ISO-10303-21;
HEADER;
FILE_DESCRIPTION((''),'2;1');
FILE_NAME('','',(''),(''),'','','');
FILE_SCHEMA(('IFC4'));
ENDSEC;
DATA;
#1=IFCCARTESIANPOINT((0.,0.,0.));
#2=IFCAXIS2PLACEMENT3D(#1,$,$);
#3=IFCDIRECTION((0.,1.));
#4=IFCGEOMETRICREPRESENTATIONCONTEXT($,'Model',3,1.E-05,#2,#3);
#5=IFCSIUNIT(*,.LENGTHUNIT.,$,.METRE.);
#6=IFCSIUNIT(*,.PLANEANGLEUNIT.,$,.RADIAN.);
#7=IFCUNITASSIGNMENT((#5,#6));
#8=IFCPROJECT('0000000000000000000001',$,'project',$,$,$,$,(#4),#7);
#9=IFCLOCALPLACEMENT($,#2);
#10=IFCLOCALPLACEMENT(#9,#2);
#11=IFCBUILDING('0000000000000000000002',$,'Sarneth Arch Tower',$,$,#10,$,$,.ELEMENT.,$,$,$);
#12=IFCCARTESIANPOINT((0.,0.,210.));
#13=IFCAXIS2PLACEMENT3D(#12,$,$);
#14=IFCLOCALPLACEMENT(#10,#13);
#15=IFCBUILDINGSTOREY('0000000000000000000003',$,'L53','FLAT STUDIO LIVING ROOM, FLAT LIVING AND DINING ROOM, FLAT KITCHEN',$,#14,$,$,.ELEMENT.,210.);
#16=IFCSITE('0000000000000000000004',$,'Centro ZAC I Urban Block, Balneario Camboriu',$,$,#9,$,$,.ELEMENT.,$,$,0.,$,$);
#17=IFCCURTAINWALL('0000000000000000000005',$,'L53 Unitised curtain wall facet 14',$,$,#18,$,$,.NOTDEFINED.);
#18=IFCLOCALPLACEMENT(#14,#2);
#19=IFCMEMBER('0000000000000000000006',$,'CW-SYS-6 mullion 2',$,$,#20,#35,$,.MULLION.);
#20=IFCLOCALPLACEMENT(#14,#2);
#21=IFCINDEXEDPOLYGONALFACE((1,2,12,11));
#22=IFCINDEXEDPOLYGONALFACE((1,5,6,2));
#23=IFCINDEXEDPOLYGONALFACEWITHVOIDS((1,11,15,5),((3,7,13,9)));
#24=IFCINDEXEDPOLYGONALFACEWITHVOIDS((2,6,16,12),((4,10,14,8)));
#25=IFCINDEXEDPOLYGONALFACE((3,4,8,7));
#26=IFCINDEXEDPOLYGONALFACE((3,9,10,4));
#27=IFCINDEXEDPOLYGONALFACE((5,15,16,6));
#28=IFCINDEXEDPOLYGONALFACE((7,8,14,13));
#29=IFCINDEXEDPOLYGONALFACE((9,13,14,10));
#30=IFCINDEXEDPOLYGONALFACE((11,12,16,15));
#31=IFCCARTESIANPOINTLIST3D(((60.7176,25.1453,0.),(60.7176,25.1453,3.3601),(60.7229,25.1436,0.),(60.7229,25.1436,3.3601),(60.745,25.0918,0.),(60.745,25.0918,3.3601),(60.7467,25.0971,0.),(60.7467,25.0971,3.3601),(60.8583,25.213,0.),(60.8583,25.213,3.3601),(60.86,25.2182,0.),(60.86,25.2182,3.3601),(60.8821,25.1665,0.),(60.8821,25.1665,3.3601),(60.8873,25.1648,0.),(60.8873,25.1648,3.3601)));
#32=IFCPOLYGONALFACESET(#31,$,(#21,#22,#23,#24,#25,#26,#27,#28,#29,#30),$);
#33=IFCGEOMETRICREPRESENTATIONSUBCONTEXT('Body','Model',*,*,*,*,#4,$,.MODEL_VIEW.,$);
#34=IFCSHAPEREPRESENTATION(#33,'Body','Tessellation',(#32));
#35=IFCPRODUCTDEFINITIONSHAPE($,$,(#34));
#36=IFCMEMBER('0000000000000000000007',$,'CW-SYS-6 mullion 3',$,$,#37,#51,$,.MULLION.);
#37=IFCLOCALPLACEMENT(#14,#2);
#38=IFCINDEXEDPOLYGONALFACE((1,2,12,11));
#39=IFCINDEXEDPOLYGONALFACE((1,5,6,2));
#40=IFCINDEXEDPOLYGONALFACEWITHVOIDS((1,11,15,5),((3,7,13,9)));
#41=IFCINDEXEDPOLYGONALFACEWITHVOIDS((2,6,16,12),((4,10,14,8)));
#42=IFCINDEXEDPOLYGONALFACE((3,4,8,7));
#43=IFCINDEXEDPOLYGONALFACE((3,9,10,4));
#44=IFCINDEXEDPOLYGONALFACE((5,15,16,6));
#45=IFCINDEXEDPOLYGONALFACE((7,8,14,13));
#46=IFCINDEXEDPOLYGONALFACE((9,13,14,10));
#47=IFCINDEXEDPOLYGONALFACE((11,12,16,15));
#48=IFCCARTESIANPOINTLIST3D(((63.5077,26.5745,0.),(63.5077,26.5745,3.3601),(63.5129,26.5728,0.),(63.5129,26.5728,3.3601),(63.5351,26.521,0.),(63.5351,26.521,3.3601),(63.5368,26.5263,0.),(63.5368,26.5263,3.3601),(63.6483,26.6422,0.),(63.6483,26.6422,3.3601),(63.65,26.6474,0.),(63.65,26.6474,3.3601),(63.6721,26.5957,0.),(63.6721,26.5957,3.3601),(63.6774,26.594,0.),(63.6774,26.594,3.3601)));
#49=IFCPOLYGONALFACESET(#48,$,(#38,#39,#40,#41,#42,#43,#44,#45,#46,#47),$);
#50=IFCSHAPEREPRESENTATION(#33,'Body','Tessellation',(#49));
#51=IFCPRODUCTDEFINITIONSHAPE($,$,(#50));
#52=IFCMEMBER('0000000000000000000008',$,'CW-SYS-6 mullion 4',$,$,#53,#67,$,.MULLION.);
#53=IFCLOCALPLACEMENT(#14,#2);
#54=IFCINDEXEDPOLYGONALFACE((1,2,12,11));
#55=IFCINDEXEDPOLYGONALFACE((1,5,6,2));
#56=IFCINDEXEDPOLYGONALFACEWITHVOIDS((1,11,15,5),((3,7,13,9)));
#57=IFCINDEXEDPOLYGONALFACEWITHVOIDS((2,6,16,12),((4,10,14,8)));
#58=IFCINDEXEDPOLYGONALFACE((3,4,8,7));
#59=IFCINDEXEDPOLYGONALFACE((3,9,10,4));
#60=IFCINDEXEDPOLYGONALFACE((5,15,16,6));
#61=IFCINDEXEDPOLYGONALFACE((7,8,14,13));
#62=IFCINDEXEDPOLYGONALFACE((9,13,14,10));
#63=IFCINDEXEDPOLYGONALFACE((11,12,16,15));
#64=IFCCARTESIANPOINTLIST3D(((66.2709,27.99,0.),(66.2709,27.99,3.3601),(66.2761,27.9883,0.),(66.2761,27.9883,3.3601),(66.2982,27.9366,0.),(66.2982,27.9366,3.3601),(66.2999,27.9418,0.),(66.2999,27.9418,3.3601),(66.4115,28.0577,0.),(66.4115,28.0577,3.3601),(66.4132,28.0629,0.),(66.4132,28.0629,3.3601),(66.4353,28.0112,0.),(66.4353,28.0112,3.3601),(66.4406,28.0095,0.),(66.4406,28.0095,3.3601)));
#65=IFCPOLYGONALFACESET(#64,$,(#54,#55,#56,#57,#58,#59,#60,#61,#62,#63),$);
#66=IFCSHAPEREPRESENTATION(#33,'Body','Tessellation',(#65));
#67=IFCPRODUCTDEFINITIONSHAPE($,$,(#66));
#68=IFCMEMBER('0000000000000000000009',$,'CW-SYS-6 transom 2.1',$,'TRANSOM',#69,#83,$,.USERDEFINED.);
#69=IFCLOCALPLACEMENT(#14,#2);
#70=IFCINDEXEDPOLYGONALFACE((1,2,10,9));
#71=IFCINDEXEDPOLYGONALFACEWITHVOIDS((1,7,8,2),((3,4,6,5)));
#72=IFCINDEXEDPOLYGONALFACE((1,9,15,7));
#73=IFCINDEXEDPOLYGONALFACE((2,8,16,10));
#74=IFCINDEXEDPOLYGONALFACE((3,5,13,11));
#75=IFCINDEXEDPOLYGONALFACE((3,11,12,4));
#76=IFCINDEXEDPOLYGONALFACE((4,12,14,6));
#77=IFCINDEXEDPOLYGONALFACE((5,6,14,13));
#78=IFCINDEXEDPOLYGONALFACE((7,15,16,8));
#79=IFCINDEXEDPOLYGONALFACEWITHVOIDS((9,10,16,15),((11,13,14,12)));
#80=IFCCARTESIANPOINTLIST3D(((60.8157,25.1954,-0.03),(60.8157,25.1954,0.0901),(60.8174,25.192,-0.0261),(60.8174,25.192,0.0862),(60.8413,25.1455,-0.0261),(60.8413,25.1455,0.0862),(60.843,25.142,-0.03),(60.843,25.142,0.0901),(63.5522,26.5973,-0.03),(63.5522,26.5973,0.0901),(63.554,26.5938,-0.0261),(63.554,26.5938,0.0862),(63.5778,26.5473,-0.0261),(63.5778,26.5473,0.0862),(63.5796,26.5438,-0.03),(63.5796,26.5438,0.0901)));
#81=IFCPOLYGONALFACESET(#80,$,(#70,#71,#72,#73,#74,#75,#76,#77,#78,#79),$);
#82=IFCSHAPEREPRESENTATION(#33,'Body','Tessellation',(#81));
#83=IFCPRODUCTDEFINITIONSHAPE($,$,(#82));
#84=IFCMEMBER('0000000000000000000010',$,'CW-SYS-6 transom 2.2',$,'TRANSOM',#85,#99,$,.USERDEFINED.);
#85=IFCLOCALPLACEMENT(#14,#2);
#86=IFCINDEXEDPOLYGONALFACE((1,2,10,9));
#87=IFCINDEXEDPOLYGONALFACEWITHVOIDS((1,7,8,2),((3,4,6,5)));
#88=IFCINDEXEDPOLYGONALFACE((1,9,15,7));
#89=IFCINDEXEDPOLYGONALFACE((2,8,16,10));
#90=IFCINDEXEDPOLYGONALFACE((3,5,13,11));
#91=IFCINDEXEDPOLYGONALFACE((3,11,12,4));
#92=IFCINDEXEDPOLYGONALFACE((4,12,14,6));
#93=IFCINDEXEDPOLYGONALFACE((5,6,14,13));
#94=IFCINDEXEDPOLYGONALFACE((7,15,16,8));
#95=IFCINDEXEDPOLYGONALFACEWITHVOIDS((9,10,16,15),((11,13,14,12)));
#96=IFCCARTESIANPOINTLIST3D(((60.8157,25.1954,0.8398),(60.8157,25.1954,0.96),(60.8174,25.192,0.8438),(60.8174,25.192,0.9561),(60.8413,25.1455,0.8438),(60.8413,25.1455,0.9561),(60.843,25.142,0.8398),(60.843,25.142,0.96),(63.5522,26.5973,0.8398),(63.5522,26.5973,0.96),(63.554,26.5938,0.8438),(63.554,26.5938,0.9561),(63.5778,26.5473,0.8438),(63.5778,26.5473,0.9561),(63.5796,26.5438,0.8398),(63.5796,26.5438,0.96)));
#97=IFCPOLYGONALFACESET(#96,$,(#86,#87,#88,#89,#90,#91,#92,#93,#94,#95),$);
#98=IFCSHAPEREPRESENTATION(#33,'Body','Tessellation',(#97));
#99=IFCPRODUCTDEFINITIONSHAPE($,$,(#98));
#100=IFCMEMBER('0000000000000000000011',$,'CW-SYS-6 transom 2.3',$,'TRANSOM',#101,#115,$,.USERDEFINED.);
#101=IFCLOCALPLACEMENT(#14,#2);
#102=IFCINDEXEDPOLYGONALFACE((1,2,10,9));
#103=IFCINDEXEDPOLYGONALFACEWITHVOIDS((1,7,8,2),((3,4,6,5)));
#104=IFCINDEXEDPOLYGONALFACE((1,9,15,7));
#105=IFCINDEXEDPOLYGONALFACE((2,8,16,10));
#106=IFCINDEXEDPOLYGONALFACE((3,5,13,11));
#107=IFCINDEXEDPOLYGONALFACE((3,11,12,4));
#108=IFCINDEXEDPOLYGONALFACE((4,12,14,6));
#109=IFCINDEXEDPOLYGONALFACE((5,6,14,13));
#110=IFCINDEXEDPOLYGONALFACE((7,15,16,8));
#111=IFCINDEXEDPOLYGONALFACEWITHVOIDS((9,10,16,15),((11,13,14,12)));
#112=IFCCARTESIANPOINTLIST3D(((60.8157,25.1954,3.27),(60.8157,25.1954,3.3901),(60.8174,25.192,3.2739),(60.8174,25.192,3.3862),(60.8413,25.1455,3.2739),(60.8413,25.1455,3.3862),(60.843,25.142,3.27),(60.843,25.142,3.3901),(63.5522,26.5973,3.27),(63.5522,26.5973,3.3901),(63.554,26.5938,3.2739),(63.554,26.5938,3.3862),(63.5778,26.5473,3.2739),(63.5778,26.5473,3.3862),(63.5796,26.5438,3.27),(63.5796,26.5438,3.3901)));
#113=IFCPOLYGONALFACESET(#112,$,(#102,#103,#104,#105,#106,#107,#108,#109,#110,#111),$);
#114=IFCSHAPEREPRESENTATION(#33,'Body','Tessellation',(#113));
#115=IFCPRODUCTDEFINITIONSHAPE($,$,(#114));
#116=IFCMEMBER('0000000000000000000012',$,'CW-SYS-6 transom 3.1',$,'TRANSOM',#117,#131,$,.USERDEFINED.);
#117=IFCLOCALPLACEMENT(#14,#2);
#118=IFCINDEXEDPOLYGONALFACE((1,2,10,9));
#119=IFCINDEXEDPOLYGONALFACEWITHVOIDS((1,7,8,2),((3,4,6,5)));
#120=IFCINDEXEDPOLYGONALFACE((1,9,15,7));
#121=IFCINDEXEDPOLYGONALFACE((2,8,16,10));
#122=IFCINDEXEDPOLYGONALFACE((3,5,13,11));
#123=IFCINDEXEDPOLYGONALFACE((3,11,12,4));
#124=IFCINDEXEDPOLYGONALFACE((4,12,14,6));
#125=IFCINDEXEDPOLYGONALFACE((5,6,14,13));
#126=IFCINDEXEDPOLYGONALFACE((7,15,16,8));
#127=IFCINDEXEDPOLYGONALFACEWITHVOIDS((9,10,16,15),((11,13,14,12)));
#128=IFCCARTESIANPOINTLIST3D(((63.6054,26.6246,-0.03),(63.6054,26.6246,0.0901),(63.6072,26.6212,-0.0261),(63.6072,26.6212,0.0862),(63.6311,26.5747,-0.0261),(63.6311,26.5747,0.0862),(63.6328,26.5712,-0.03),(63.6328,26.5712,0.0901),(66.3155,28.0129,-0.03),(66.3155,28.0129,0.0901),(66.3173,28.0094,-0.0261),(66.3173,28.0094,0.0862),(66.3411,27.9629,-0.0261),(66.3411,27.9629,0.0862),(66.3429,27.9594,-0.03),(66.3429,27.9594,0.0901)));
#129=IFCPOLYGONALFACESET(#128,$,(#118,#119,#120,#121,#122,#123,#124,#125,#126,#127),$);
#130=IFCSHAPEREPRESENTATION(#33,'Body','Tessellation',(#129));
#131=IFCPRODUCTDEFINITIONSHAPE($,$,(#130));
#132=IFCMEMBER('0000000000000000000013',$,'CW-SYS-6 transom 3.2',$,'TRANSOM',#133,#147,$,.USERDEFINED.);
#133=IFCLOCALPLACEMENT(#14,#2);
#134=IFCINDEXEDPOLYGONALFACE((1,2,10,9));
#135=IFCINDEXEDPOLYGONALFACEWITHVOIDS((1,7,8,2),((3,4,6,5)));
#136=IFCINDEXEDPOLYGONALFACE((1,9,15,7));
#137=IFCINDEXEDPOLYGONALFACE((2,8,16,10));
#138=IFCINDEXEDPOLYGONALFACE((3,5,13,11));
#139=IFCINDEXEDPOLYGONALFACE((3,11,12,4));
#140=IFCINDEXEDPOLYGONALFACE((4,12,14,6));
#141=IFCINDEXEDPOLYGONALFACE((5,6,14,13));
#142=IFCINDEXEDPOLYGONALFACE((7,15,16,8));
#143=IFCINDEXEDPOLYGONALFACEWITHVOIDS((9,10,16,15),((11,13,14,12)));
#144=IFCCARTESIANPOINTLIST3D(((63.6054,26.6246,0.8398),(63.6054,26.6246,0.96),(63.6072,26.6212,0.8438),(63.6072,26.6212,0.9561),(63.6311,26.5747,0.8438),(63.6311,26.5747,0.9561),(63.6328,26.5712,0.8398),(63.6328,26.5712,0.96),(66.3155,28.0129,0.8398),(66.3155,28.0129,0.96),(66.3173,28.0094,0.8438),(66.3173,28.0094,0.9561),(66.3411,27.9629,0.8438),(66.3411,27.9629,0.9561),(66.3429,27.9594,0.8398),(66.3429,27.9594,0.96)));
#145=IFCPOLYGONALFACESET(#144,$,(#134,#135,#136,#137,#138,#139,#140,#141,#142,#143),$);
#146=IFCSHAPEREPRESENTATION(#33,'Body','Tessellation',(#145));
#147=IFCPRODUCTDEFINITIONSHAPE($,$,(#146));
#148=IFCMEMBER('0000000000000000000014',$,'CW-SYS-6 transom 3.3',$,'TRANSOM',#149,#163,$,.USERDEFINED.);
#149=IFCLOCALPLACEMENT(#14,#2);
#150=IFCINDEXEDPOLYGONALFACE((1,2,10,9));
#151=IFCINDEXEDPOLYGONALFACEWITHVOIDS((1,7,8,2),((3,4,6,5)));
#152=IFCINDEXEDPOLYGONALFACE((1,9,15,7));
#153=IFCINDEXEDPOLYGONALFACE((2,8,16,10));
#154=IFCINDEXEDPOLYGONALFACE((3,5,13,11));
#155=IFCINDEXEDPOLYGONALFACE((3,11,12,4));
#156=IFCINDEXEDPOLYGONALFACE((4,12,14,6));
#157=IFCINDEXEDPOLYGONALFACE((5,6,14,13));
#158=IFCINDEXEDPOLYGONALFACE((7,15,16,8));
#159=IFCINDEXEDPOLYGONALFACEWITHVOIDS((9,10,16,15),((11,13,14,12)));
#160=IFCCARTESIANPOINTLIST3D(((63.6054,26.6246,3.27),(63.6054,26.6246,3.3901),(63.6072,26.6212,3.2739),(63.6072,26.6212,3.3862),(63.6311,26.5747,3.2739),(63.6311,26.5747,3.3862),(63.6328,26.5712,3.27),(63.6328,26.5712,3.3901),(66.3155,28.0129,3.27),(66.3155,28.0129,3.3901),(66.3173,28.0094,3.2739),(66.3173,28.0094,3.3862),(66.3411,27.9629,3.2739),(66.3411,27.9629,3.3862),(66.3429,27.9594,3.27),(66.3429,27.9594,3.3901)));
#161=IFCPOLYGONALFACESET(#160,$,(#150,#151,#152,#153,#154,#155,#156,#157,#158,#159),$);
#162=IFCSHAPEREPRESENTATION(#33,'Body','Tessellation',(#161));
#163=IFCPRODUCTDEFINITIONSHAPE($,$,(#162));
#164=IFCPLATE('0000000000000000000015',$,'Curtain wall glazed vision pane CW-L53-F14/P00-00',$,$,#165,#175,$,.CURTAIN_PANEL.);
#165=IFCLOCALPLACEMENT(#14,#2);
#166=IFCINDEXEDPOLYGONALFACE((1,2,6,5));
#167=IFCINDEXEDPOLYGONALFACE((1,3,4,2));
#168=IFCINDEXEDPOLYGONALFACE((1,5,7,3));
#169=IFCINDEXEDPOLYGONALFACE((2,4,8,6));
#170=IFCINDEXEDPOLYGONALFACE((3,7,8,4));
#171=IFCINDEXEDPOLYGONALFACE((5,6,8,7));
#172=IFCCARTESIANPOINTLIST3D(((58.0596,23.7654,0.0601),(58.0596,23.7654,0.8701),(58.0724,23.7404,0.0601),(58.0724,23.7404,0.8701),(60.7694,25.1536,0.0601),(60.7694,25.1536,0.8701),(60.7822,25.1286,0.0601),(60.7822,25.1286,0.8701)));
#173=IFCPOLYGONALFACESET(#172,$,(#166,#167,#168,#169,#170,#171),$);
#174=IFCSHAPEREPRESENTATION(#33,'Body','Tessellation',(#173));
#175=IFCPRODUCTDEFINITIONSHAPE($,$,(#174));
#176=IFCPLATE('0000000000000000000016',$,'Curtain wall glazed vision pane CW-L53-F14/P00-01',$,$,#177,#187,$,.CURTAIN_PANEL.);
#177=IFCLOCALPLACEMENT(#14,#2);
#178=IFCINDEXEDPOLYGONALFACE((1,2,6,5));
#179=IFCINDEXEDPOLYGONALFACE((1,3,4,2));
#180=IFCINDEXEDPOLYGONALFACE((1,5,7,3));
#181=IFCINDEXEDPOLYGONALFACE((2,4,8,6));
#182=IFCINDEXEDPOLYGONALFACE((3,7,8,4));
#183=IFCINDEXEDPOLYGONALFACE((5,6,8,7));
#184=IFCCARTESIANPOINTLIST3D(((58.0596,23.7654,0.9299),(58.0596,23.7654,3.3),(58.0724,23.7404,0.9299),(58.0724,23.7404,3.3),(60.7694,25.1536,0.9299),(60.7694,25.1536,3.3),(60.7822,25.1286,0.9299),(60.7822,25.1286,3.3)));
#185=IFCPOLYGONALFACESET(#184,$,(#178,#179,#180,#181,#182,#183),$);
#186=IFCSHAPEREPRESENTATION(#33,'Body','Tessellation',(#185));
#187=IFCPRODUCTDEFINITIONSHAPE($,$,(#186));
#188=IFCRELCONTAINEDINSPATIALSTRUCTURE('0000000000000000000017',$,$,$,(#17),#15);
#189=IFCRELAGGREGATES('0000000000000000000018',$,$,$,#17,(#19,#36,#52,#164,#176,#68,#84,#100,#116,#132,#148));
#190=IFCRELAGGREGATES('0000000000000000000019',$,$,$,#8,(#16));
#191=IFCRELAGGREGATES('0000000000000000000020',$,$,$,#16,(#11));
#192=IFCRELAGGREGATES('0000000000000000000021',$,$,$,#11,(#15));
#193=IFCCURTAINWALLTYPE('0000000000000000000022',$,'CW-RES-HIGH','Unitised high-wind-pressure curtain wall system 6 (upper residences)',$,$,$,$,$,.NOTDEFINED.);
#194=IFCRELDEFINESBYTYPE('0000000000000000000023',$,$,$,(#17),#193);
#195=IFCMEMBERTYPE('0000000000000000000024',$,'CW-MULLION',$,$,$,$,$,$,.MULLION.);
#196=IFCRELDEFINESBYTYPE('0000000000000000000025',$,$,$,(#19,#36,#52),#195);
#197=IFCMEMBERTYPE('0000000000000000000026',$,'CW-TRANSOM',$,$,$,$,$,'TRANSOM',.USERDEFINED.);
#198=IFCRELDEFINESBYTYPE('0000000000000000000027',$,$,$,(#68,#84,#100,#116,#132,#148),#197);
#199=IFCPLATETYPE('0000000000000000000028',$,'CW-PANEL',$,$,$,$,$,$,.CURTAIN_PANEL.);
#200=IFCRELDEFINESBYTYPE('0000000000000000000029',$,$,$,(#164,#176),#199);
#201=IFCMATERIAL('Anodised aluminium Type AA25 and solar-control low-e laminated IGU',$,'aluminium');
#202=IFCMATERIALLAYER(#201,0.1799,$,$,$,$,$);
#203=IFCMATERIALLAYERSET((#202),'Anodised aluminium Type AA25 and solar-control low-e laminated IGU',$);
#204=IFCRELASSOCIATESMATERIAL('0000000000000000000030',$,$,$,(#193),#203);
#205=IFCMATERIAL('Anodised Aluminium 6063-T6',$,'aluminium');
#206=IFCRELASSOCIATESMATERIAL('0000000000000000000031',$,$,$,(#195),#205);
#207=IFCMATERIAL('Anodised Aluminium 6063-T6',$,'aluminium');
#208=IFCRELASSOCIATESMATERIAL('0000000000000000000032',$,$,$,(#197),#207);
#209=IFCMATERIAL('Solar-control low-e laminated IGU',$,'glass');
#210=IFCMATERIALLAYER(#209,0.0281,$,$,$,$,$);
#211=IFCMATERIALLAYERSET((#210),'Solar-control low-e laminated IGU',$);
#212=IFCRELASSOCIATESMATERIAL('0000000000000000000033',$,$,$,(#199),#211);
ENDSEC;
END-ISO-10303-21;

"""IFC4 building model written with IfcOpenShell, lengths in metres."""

from ifc_helpers import new_model, si_unit, direction, frame, origin, origin_2d, place, context, subcontext, project, spatial, rectangle, hollow_rectangle, extrude, material, layer, layer_set, material_profile, profile_set, type_object, element, aggregate, save


model = new_model("IFC4")

# Units and contexts
model_context = context("Model", 3, precision=1e-05, world=origin(), true_north=direction((0.0, 1.0)))
body_context = subcontext(model_context, "Body", "Model", "MODEL_VIEW")
ifc_project = project(units=[si_unit("LENGTHUNIT", "METRE"), si_unit("PLANEANGLEUNIT", "RADIAN")], contexts=[model_context])

# Site, building, storey
site_placement = place(None, origin())
site = spatial("IfcSite", under=ifc_project, at=site_placement, Name="Centro ZAC I Urban Block, Balneario Camboriu", CompositionType="ELEMENT", RefElevation=0.0)
building_placement = place(site_placement, origin())
building = spatial("IfcBuilding", under=site, at=building_placement, Name="Sarneth Arch Tower", CompositionType="ELEMENT")
storey_placement = place(building_placement, frame((0.0, 0.0, 210.0)))
storey = spatial("IfcBuildingStorey", under=building, at=storey_placement, Name="L53", Description="FLAT STUDIO LIVING ROOM, FLAT LIVING AND DINING ROOM, FLAT KITCHEN", CompositionType="ELEMENT", Elevation=210.0)

# Curtain wall, members, plates
ifc_material_1 = material(Name="Anodised aluminium Type AA25 and solar-control low-e laminated IGU", Category="aluminium")
ifc_layer_1 = layer(ifc_material_1, 0.1799)
ifc_layer_set_1 = layer_set([ifc_layer_1], Name="Anodised aluminium Type AA25 and solar-control low-e laminated IGU")
curtain_wall_type = type_object("IfcCurtainWallType", Name="CW-RES-HIGH", Description="Unitised high-wind-pressure curtain wall system 6 (upper residences)", PredefinedType="NOTDEFINED", material=ifc_layer_set_1)
curtain_wall_placement = place(storey_placement, origin())
curtain_wall = element("IfcCurtainWall", 1, at=curtain_wall_placement, inside=storey, type_object=curtain_wall_type, Name="L53 Unitised curtain wall facet 14", PredefinedType="NOTDEFINED")
ifc_material_2 = material(Name="Anodised Aluminium 6063-T6", Category="aluminium")
ifc_material_profile_1 = material_profile(ifc_material_2, hollow_rectangle(XDim=0.0601, YDim=0.1599, WallThickness=0.0039, at=origin_2d()), Name="AL-MULL-160x60x4")
ifc_profile_set_1 = profile_set([ifc_material_profile_1], Name="Anodised Aluminium 6063-T6")
member_type_1 = type_object("IfcMemberType", Name="CW-MULLION", PredefinedType="MULLION", material=ifc_profile_set_1)
member_1_placement = place(storey_placement, frame((60.8025, 25.155, 0.0), z_axis=(0.0, 0.0, 1.0), x_axis=(-0.455942, 0.89001, 0.0)))
member_1 = element("IfcMember", 2, at=member_1_placement, type_object=member_type_1, Name="CW-SYS-6 mullion 2", PredefinedType="MULLION", context=body_context, shape_type="SweptSolid", body=[
    extrude(hollow_rectangle(XDim=0.0601, YDim=0.1599, WallThickness=0.0039, at=origin_2d()), origin(), (0.0, 0.0, 1.0), 3.3601),
])
member_2_placement = place(storey_placement, frame((63.5925, 26.5842, 0.0), z_axis=(0.0, 0.0, 1.0), x_axis=(-0.455942, 0.89001, 0.0)))
member_2 = element("IfcMember", 3, at=member_2_placement, type_object=member_type_1, Name="CW-SYS-6 mullion 3", PredefinedType="MULLION", context=body_context, shape_type="SweptSolid", body=[
    extrude(hollow_rectangle(XDim=0.0601, YDim=0.1599, WallThickness=0.0039, at=origin_2d()), origin(), (0.0, 0.0, 1.0), 3.3601),
])
member_3_placement = place(storey_placement, frame((66.3557, 27.9998, 0.0), z_axis=(0.0, 0.0, 1.0), x_axis=(-0.455942, 0.89001, 0.0)))
member_3 = element("IfcMember", 4, at=member_3_placement, type_object=member_type_1, Name="CW-SYS-6 mullion 4", PredefinedType="MULLION", context=body_context, shape_type="SweptSolid", body=[
    extrude(hollow_rectangle(XDim=0.0601, YDim=0.1599, WallThickness=0.0039, at=origin_2d()), origin(), (0.0, 0.0, 1.0), 3.3601),
])
ifc_material_3 = material(Name="Anodised Aluminium 6063-T6", Category="aluminium")
ifc_material_profile_2 = material_profile(ifc_material_3, hollow_rectangle(XDim=0.0601, YDim=0.1201, WallThickness=0.0039, at=origin_2d()), Name="AL-TRAN-120x60x4")
ifc_profile_set_2 = profile_set([ifc_material_profile_2], Name="Anodised Aluminium 6063-T6")
member_type_2 = type_object("IfcMemberType", Name="CW-TRANSOM", ElementType="TRANSOM", PredefinedType="USERDEFINED", material=ifc_profile_set_2)
member_4_placement = place(storey_placement, frame((60.8293, 25.1687, 0.03), z_axis=(0.890017, 0.455926, 0.0), x_axis=(-0.455926, 0.890017, 0.0)))
member_4 = element("IfcMember", 5, at=member_4_placement, type_object=member_type_2, Name="CW-SYS-6 transom 2.1", ObjectType="TRANSOM", PredefinedType="USERDEFINED", context=body_context, shape_type="SweptSolid", body=[
    extrude(hollow_rectangle(XDim=0.0601, YDim=0.1201, WallThickness=0.0039, at=origin_2d()), origin(), (0.0, 0.0, 1.0), 3.0747),
])
member_5_placement = place(storey_placement, frame((60.8293, 25.1687, 0.8999), z_axis=(0.890017, 0.455926, 0.0), x_axis=(-0.455926, 0.890017, 0.0)))
member_5 = element("IfcMember", 6, at=member_5_placement, type_object=member_type_2, Name="CW-SYS-6 transom 2.2", ObjectType="TRANSOM", PredefinedType="USERDEFINED", context=body_context, shape_type="SweptSolid", body=[
    extrude(hollow_rectangle(XDim=0.0601, YDim=0.1201, WallThickness=0.0039, at=origin_2d()), origin(), (0.0, 0.0, 1.0), 3.0747),
])
member_6_placement = place(storey_placement, frame((60.8293, 25.1687, 3.3301), z_axis=(0.890017, 0.455926, 0.0), x_axis=(-0.455926, 0.890017, 0.0)))
member_6 = element("IfcMember", 7, at=member_6_placement, type_object=member_type_2, Name="CW-SYS-6 transom 2.3", ObjectType="TRANSOM", PredefinedType="USERDEFINED", context=body_context, shape_type="SweptSolid", body=[
    extrude(hollow_rectangle(XDim=0.0601, YDim=0.1201, WallThickness=0.0039, at=origin_2d()), origin(), (0.0, 0.0, 1.0), 3.0747),
])
member_7_placement = place(storey_placement, frame((63.6191, 26.5979, 0.03), z_axis=(0.890023, 0.455916, 0.0), x_axis=(-0.455916, 0.890023, 0.0)))
member_7 = element("IfcMember", 8, at=member_7_placement, type_object=member_type_2, Name="CW-SYS-6 transom 3.1", ObjectType="TRANSOM", PredefinedType="USERDEFINED", context=body_context, shape_type="SweptSolid", body=[
    extrude(hollow_rectangle(XDim=0.0601, YDim=0.1201, WallThickness=0.0039, at=origin_2d()), origin(), (0.0, 0.0, 1.0), 3.0449),
])
member_8_placement = place(storey_placement, frame((63.6191, 26.5979, 0.8999), z_axis=(0.890023, 0.455916, 0.0), x_axis=(-0.455916, 0.890023, 0.0)))
member_8 = element("IfcMember", 9, at=member_8_placement, type_object=member_type_2, Name="CW-SYS-6 transom 3.2", ObjectType="TRANSOM", PredefinedType="USERDEFINED", context=body_context, shape_type="SweptSolid", body=[
    extrude(hollow_rectangle(XDim=0.0601, YDim=0.1201, WallThickness=0.0039, at=origin_2d()), origin(), (0.0, 0.0, 1.0), 3.0449),
])
member_9_placement = place(storey_placement, frame((63.6191, 26.5979, 3.3301), z_axis=(0.890023, 0.455916, 0.0), x_axis=(-0.455916, 0.890023, 0.0)))
member_9 = element("IfcMember", 10, at=member_9_placement, type_object=member_type_2, Name="CW-SYS-6 transom 3.3", ObjectType="TRANSOM", PredefinedType="USERDEFINED", context=body_context, shape_type="SweptSolid", body=[
    extrude(hollow_rectangle(XDim=0.0601, YDim=0.1201, WallThickness=0.0039, at=origin_2d()), origin(), (0.0, 0.0, 1.0), 3.0449),
])
ifc_material_4 = material(Name="Solar-control low-e laminated IGU", Category="glass")
ifc_layer_2 = layer(ifc_material_4, 0.0281)
ifc_layer_set_2 = layer_set([ifc_layer_2], Name="Solar-control low-e laminated IGU")
plate_type_1 = type_object("IfcPlateType", Name="CW-PANEL", PredefinedType="CURTAIN_PANEL", material=ifc_layer_set_2)
plate_1_placement = place(storey_placement, frame((59.4209, 24.447, 0.0601), z_axis=(0.0, 0.0, 1.0), x_axis=(0.89001, 0.455942, 0.0)))
plate_1 = element("IfcPlate", 11, at=plate_1_placement, type_object=plate_type_1, Name="Curtain wall glazed vision pane CW-L53-F14/P00-00", PredefinedType="CURTAIN_PANEL", context=body_context, shape_type="SweptSolid", body=[
    extrude(rectangle(XDim=3.0447, YDim=0.0281, at=origin_2d()), origin(), (0.0, 0.0, 1.0), 0.8101),
])
plate_2_placement = place(storey_placement, frame((59.4209, 24.447, 0.9299), z_axis=(0.0, 0.0, 1.0), x_axis=(0.89001, 0.455942, 0.0)))
plate_2 = element("IfcPlate", 12, at=plate_2_placement, type_object=plate_type_1, Name="Curtain wall glazed vision pane CW-L53-F14/P00-01", PredefinedType="CURTAIN_PANEL", context=body_context, shape_type="SweptSolid", body=[
    extrude(rectangle(XDim=3.0447, YDim=0.0281, at=origin_2d()), origin(), (0.0, 0.0, 1.0), 2.3701),
])
aggregate(curtain_wall, [member_1, member_2, member_3, plate_1, plate_2, member_4, member_5, member_6, member_7, member_8, member_9])

save(model, "model.ifc")
